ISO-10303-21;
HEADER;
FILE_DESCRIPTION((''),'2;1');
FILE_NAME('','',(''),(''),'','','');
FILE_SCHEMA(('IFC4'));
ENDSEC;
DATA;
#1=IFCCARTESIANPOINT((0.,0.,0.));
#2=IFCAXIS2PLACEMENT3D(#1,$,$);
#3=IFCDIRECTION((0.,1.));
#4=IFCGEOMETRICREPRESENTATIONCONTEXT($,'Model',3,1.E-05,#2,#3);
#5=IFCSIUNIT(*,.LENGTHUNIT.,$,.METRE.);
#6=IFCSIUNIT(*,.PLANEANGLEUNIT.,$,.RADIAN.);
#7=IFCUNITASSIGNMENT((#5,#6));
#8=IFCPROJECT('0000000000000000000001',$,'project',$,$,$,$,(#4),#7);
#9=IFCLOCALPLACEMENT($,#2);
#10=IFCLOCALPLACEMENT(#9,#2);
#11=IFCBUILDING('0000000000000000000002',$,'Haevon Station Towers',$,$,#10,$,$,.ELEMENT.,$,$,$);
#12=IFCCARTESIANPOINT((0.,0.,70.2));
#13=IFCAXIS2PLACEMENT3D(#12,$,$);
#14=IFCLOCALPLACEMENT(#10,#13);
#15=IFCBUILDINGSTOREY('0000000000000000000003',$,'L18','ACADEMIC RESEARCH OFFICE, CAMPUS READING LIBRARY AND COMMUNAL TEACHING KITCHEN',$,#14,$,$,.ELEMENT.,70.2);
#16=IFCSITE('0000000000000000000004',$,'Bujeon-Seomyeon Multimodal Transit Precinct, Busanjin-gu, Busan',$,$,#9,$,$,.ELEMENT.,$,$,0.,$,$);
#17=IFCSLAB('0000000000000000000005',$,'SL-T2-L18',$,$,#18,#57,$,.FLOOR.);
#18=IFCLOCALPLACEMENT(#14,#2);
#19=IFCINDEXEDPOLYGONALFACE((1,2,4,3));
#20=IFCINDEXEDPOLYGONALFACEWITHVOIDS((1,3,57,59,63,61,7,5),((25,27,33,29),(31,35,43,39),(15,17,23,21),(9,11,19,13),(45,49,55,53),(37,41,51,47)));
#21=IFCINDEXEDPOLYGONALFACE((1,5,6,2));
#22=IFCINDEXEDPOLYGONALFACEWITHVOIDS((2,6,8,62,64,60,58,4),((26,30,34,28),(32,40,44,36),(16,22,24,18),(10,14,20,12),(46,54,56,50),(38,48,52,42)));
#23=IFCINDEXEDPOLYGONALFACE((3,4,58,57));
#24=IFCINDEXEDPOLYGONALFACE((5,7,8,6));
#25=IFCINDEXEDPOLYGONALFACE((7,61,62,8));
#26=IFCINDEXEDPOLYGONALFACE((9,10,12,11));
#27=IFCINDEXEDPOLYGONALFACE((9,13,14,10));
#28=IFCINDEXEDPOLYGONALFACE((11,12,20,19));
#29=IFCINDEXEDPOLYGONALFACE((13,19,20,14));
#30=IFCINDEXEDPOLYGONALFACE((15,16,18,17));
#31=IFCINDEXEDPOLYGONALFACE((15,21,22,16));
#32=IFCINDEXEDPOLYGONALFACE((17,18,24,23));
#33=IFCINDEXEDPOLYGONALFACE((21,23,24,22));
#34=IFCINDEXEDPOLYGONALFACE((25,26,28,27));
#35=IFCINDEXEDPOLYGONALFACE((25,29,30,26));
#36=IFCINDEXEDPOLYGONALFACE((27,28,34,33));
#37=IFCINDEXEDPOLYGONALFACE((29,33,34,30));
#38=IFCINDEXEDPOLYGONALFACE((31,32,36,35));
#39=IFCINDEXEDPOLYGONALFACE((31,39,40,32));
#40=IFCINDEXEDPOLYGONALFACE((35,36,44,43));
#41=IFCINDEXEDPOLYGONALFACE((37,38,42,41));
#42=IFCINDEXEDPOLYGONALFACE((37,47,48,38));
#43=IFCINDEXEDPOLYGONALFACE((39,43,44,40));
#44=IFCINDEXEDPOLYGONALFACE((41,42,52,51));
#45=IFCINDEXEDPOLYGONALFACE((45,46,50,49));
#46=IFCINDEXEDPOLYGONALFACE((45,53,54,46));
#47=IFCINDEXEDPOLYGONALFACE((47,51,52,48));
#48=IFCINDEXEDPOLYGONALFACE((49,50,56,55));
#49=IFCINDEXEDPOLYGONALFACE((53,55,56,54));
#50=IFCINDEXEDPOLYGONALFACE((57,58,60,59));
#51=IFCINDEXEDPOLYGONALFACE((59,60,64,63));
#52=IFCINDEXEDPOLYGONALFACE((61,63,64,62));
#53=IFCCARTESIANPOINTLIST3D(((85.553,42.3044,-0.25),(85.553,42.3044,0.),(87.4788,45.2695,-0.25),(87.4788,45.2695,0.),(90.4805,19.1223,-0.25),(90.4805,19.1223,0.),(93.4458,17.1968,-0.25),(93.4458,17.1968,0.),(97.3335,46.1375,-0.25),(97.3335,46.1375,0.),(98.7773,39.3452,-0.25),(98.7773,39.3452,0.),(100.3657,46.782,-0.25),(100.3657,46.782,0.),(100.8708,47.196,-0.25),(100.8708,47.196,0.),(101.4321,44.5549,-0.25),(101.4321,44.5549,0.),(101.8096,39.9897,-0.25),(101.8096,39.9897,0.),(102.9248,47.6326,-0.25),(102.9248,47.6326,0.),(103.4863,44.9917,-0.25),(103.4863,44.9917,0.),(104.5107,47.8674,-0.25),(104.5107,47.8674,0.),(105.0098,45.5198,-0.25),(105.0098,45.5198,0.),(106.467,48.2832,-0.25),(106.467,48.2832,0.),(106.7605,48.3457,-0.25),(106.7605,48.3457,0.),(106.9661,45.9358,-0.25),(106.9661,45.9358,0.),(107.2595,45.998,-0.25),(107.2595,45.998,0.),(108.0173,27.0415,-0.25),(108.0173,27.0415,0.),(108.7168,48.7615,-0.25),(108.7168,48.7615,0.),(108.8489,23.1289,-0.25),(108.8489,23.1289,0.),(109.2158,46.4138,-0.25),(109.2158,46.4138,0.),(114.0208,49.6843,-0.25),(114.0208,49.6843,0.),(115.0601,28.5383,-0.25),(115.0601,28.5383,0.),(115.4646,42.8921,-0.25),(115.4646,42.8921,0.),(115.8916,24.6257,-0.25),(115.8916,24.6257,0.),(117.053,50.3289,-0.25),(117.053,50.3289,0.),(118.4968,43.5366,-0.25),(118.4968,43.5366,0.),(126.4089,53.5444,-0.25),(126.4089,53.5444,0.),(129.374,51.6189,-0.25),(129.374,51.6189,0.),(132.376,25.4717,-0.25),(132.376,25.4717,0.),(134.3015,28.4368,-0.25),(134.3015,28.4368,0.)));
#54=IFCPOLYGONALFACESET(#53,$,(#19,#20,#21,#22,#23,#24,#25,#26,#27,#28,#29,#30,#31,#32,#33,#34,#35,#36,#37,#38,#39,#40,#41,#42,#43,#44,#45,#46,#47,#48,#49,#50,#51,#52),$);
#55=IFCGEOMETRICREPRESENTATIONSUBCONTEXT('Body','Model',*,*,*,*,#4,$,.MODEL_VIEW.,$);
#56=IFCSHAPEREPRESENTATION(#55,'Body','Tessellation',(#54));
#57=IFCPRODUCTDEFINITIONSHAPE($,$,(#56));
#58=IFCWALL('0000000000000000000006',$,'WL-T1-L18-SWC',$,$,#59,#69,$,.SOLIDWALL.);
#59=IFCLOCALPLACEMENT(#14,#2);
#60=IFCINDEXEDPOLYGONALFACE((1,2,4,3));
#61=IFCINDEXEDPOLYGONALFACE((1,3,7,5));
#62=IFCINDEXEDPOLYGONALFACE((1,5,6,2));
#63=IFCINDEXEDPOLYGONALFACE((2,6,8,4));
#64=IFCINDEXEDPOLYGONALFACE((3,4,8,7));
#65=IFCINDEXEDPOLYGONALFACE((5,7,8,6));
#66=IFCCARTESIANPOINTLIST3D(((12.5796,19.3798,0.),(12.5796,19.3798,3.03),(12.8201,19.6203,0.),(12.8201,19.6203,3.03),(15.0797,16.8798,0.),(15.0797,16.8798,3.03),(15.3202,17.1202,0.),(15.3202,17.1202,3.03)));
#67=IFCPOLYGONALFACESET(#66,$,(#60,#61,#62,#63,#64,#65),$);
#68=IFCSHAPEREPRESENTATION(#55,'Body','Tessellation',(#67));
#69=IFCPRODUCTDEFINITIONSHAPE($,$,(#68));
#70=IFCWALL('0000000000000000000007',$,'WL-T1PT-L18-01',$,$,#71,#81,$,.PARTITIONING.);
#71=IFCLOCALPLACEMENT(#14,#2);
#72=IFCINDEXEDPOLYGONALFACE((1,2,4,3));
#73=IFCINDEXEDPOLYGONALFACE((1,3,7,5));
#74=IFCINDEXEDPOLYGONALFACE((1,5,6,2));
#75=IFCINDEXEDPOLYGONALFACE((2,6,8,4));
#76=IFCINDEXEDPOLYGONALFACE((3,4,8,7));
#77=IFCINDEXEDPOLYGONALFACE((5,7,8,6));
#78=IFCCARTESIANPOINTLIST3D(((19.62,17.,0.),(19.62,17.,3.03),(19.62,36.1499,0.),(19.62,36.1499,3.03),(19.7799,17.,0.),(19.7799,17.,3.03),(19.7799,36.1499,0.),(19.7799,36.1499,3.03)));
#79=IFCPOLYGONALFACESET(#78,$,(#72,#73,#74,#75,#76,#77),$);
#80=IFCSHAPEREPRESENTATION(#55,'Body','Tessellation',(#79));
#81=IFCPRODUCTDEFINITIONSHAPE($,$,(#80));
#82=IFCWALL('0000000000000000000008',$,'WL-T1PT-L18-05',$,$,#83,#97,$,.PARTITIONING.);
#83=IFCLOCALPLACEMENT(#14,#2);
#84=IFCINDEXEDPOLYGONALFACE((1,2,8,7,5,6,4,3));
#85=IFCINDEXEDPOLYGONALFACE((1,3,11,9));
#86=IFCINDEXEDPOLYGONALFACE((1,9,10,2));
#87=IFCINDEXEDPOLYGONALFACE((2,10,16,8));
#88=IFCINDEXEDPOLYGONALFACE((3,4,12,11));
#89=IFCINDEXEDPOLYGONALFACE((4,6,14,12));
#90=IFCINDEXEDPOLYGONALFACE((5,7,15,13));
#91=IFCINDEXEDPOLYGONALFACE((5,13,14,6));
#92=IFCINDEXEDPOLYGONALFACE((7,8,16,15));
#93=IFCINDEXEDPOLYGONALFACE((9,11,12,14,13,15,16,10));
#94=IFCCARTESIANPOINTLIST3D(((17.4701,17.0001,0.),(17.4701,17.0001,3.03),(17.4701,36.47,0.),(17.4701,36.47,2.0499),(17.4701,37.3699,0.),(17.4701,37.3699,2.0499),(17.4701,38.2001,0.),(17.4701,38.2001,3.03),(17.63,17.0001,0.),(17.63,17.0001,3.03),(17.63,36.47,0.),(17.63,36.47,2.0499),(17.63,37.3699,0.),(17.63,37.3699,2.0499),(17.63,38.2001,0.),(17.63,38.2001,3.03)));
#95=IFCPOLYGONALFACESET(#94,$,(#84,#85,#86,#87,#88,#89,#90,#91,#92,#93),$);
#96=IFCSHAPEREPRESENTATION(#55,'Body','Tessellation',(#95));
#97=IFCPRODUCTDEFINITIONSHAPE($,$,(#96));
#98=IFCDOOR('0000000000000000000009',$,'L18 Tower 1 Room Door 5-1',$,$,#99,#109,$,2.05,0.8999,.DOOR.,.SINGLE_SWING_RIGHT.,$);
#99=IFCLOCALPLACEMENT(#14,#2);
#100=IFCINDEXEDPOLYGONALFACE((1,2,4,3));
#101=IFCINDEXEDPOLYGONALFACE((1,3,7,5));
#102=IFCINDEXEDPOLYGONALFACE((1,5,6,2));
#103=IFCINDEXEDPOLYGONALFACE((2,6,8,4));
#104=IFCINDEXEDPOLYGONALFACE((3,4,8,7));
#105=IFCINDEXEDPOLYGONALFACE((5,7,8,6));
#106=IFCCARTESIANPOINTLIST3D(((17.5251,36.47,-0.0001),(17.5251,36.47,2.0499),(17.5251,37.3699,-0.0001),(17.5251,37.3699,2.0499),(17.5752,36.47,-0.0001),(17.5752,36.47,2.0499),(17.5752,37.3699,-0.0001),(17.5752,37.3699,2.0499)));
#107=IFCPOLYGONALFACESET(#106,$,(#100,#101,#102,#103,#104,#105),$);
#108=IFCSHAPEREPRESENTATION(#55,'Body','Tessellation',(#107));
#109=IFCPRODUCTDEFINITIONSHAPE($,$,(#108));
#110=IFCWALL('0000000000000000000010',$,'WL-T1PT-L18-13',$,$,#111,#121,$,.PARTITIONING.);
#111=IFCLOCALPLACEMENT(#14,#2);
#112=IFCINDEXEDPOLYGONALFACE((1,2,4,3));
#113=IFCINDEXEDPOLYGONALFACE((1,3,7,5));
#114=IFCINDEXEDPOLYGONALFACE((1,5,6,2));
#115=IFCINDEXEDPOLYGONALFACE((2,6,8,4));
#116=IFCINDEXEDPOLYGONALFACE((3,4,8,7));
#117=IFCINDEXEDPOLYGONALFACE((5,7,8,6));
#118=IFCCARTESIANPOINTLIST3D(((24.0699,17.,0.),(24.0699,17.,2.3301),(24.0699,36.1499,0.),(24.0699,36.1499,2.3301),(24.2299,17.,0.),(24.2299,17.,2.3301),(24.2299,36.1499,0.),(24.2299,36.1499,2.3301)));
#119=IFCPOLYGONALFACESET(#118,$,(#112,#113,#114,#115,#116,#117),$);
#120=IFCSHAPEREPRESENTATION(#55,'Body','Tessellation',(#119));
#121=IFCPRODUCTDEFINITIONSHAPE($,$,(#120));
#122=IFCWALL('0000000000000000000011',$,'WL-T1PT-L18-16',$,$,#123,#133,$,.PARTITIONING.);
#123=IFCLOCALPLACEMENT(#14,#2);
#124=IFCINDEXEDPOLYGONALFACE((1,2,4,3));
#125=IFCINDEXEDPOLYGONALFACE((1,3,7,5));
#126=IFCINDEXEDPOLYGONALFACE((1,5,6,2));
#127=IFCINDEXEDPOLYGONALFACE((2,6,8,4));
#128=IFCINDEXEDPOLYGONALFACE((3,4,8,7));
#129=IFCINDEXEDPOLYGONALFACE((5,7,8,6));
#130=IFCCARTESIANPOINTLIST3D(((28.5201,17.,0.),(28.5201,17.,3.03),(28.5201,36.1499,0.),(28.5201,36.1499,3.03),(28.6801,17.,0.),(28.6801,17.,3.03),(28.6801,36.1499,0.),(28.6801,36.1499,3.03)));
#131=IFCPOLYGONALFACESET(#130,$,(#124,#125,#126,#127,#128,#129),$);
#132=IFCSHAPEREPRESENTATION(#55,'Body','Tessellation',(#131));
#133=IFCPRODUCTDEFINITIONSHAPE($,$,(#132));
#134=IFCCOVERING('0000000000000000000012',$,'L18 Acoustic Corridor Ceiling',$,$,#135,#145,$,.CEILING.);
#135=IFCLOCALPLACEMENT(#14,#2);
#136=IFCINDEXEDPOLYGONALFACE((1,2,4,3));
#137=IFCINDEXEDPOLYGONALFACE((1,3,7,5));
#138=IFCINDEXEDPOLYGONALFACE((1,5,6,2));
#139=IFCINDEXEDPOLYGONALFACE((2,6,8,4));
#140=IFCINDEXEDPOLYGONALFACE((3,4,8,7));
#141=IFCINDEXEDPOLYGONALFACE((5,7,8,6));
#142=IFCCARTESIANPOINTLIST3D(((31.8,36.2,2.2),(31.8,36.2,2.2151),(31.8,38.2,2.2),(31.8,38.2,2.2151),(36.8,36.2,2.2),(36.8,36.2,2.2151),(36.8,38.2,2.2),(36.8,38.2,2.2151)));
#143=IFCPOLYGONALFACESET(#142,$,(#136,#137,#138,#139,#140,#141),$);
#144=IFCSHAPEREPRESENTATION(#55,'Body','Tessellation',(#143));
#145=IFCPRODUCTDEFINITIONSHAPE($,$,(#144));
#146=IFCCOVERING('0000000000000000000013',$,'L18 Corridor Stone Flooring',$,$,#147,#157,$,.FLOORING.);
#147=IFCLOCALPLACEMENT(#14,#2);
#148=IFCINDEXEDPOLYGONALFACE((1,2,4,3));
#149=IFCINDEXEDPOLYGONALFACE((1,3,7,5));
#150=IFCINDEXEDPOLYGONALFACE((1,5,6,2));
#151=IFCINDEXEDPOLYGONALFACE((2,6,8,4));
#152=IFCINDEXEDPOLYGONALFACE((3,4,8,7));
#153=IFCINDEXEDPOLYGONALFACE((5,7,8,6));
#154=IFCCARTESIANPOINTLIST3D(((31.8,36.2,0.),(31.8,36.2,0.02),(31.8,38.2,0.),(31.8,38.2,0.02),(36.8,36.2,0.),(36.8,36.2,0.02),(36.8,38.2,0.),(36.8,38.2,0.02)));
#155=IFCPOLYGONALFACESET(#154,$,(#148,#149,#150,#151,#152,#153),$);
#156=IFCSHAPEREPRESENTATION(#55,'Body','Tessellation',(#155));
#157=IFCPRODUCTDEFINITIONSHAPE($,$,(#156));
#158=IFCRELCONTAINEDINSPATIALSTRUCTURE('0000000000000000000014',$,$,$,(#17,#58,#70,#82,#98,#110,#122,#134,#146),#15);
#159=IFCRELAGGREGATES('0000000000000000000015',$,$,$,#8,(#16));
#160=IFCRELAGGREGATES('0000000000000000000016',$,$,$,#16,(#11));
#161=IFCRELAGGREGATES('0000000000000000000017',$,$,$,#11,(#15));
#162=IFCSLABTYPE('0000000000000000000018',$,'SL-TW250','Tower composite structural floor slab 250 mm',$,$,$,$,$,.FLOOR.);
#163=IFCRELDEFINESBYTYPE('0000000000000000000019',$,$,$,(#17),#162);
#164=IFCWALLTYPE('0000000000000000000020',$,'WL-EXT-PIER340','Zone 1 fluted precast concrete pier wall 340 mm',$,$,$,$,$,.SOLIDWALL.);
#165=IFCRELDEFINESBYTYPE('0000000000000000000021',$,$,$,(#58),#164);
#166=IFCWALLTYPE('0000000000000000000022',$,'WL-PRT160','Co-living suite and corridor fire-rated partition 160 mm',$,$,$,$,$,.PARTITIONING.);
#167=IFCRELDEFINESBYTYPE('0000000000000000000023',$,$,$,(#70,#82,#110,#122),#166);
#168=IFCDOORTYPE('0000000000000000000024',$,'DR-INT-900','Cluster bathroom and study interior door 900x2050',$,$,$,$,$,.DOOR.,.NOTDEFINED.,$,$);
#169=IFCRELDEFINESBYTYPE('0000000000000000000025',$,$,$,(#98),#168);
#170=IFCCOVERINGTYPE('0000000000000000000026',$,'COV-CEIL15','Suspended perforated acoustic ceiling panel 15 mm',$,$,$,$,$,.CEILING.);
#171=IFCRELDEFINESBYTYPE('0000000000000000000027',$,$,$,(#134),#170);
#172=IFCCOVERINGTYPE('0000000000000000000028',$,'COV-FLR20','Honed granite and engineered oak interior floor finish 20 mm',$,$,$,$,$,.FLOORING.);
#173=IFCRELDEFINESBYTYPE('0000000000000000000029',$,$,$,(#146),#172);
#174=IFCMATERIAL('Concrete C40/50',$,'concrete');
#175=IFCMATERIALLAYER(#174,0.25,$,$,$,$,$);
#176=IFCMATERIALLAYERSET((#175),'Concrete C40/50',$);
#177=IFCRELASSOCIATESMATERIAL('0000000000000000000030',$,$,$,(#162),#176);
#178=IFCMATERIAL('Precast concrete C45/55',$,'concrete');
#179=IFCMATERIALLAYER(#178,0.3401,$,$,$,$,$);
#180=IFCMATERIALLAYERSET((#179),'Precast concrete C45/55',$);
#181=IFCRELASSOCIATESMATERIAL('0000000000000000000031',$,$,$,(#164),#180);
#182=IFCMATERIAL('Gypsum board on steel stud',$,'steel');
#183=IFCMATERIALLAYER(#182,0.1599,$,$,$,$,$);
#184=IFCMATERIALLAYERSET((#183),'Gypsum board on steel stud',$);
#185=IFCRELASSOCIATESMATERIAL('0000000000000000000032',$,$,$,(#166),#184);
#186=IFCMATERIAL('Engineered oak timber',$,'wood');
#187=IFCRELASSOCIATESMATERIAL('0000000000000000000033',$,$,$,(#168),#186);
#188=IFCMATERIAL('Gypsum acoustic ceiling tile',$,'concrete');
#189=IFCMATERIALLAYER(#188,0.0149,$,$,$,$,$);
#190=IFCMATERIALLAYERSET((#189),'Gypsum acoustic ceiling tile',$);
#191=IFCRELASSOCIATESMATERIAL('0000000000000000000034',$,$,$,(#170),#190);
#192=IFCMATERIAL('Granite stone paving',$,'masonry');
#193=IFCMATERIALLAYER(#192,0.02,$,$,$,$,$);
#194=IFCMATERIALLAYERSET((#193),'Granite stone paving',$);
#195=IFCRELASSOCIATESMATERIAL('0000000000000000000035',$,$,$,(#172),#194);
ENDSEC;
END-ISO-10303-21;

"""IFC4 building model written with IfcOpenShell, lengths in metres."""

from ifc_helpers import new_model, si_unit, direction, frame, frame_2d, origin, place, context, subcontext, project, spatial, polyline, rectangle, outline, extrude, material, layer, layer_set, type_object, element, fill, save


model = new_model("IFC4")

# Units and contexts
model_context = context("Model", 3, precision=1e-05, world=origin(), true_north=direction((0.0, 1.0)))
body_context = subcontext(model_context, "Body", "Model", "MODEL_VIEW")
ifc_project = project(units=[si_unit("LENGTHUNIT", "METRE"), si_unit("PLANEANGLEUNIT", "RADIAN")], contexts=[model_context])

# Site, building, storey
site_placement = place(None, origin())
site = spatial("IfcSite", under=ifc_project, at=site_placement, Name="Bujeon-Seomyeon Multimodal Transit Precinct, Busanjin-gu, Busan", CompositionType="ELEMENT", RefElevation=0.0)
building_placement = place(site_placement, origin())
building = spatial("IfcBuilding", under=site, at=building_placement, Name="Haevon Station Towers", CompositionType="ELEMENT")
storey_placement = place(building_placement, frame((0.0, 0.0, 70.2)))
storey = spatial("IfcBuildingStorey", under=building, at=storey_placement, Name="L18", Description="ACADEMIC RESEARCH OFFICE, CAMPUS READING LIBRARY AND COMMUNAL TEACHING KITCHEN", CompositionType="ELEMENT", Elevation=70.2)

# Shared definitions
ifc_material_1 = material(Name="Concrete C40/50", Category="concrete")

# Slab
ifc_layer_1 = layer(ifc_material_1, 0.25)
ifc_layer_set_1 = layer_set([ifc_layer_1], Name="Concrete C40/50")
slab_type_1 = type_object("IfcSlabType", Name="SL-TW250", Description="Tower composite structural floor slab 250 mm", PredefinedType="FLOOR", material=ifc_layer_set_1)
slab_1_placement = place(storey_placement, frame((0.0, 0.0, -0.25)))
element("IfcSlab", 1, at=slab_1_placement, inside=storey, type_object=slab_type_1, Name="SL-T2-L18", PredefinedType="FLOOR", context=body_context, shape_type="SweptSolid", body=[
    extrude(outline(polyline([(93.4458, 17.1968), (132.376, 25.4717), (134.3015, 28.4368), (129.374, 51.6189), (126.4089, 53.5444), (87.4788, 45.2695), (85.553, 42.3044), (90.4805, 19.1223), (93.4458, 17.1968)]), holes=[polyline([(101.8096, 39.9897), (100.3657, 46.782), (97.3335, 46.1375), (98.7773, 39.3452), (101.8096, 39.9897)]), polyline([(118.4968, 43.5366), (117.053, 50.3289), (114.0208, 49.6843), (115.4646, 42.8921), (118.4968, 43.5366)]), polyline([(101.4321, 44.5549), (103.4863, 44.9917), (102.9248, 47.6326), (100.8708, 47.196), (101.4321, 44.5549)]), polyline([(105.0098, 45.5198), (106.9661, 45.9358), (106.467, 48.2832), (104.5107, 47.8674), (105.0098, 45.5198)]), polyline([(107.2595, 45.998), (109.2158, 46.4138), (108.7168, 48.7615), (106.7605, 48.3457), (107.2595, 45.998)]), polyline([(108.8489, 23.1289), (115.8916, 24.6257), (115.0601, 28.5383), (108.0173, 27.0415), (108.8489, 23.1289)])]), origin(), (0.0, 0.0, 1.0), 0.25),
])

# Walls
ifc_material_2 = material(Name="Precast concrete C45/55", Category="concrete")
ifc_layer_2 = layer(ifc_material_2, 0.3401)
ifc_layer_set_2 = layer_set([ifc_layer_2], Name="Precast concrete C45/55")
wall_type_1 = type_object("IfcWallType", Name="WL-EXT-PIER340", Description="Zone 1 fluted precast concrete pier wall 340 mm", PredefinedType="SOLIDWALL", material=ifc_layer_set_2)
wall_1_placement = place(storey_placement, frame((15.2, 17.0, 0.0), z_axis=(0.0, 0.0, 1.0), x_axis=(-0.707107, 0.707107, 0.0)))
element("IfcWall", 2, at=wall_1_placement, inside=storey, type_object=wall_type_1, Name="WL-T1-L18-SWC", PredefinedType="SOLIDWALL", context=body_context, shape_type="SweptSolid", body=[
    extrude(rectangle(XDim=3.5356, YDim=0.3401, at=frame_2d((1.7678, 0.0))), origin(), (0.0, 0.0, 1.0), 3.03),
])
ifc_material_3 = material(Name="Gypsum board on steel stud", Category="steel")
ifc_layer_3 = layer(ifc_material_3, 0.1599)
ifc_layer_set_3 = layer_set([ifc_layer_3], Name="Gypsum board on steel stud")
wall_type_2 = type_object("IfcWallType", Name="WL-PRT160", Description="Co-living suite and corridor fire-rated partition 160 mm", PredefinedType="PARTITIONING", material=ifc_layer_set_3)
wall_2_placement = place(storey_placement, frame((19.7, 17.0, 0.0), z_axis=(0.0, 0.0, 1.0), x_axis=(0.0, 1.0, 0.0)))
element("IfcWall", 3, at=wall_2_placement, inside=storey, type_object=wall_type_2, Name="WL-T1PT-L18-01", PredefinedType="PARTITIONING", context=body_context, shape_type="SweptSolid", body=[
    extrude(rectangle(XDim=19.1499, YDim=0.1599, at=frame_2d((9.575, 0.0))), origin(), (0.0, 0.0, 1.0), 3.03),
])

# Wall, opening, door
wall_3_placement = place(storey_placement, frame((17.55, 17.0, 0.0), z_axis=(0.0, 0.0, 1.0), x_axis=(0.0, 1.0, 0.0)))
wall_3 = element("IfcWall", 4, at=wall_3_placement, inside=storey, type_object=wall_type_2, Name="WL-T1PT-L18-05", PredefinedType="PARTITIONING", context=body_context, shape_type="SweptSolid", body=[
    extrude(rectangle(XDim=21.2, YDim=0.1599, at=frame_2d((10.6001, 0.0))), origin(), (0.0, 0.0, 1.0), 3.03),
])
opening_placement = place(wall_3_placement, frame((19.47, 0.0, 0.0)))
opening = element("IfcOpeningElement", 5, at=opening_placement, cuts=wall_3, PredefinedType="OPENING", context=body_context, shape_type="SweptSolid", body=[
    extrude(rectangle(XDim=0.8999, YDim=2.05, at=frame_2d((0.45, 1.0249))), frame((0.0, 0.0898, 0.0), z_axis=(0.0, -1.0, 0.0), x_axis=(1.0, 0.0, 0.0)), (0.0, 0.0, 1.0), 0.1799),
])
ifc_material_4 = material(Name="Engineered oak timber", Category="wood")
door_type = type_object("IfcDoorType", Name="DR-INT-900", Description="Cluster bathroom and study interior door 900x2050", OperationType="NOTDEFINED", PredefinedType="DOOR", material=ifc_material_4)
door_placement = place(opening_placement, origin())
door = element("IfcDoor", 6, at=door_placement, inside=storey, type_object=door_type, Name="L18 Tower 1 Room Door 5-1", OperationType="SINGLE_SWING_RIGHT", OverallHeight=2.05, OverallWidth=0.8999, PredefinedType="DOOR", context=body_context, shape_type="SweptSolid", body=[
    extrude(rectangle(XDim=0.8999, YDim=2.05, at=frame_2d((0.45, 1.0249))), frame((0.0, 0.0249, 0.0), z_axis=(0.0, -1.0, 0.0), x_axis=(1.0, 0.0, 0.0)), (0.0, 0.0, 1.0), 0.05),
])
fill(opening, door)

# Walls
wall_4_placement = place(storey_placement, frame((24.1499, 17.0, 0.0), z_axis=(0.0, 0.0, 1.0), x_axis=(0.0, 1.0, 0.0)))
element("IfcWall", 7, at=wall_4_placement, inside=storey, type_object=wall_type_2, Name="WL-T1PT-L18-13", PredefinedType="PARTITIONING", context=body_context, shape_type="SweptSolid", body=[
    extrude(rectangle(XDim=19.1499, YDim=0.1599, at=frame_2d((9.575, 0.0))), origin(), (0.0, 0.0, 1.0), 2.3301),
])
wall_5_placement = place(storey_placement, frame((28.6001, 17.0, 0.0), z_axis=(0.0, 0.0, 1.0), x_axis=(0.0, 1.0, 0.0)))
element("IfcWall", 8, at=wall_5_placement, inside=storey, type_object=wall_type_2, Name="WL-T1PT-L18-16", PredefinedType="PARTITIONING", context=body_context, shape_type="SweptSolid", body=[
    extrude(rectangle(XDim=19.1499, YDim=0.1599, at=frame_2d((9.575, 0.0))), origin(), (0.0, 0.0, 1.0), 3.03),
])

# Coverings
ifc_material_5 = material(Name="Gypsum acoustic ceiling tile", Category="concrete")
ifc_layer_4 = layer(ifc_material_5, 0.0149)
ifc_layer_set_4 = layer_set([ifc_layer_4], Name="Gypsum acoustic ceiling tile")
covering_type_1 = type_object("IfcCoveringType", Name="COV-CEIL15", Description="Suspended perforated acoustic ceiling panel 15 mm", PredefinedType="CEILING", material=ifc_layer_set_4)
covering_1_placement = place(storey_placement, frame((0.0, 0.0, 2.2)))
element("IfcCovering", 9, at=covering_1_placement, inside=storey, type_object=covering_type_1, Name="L18 Acoustic Corridor Ceiling", PredefinedType="CEILING", context=body_context, shape_type="SweptSolid", body=[
    extrude(outline(polyline([(31.8, 36.2), (36.8, 36.2), (36.8, 38.2), (31.8, 38.2), (31.8, 36.2)])), origin(), (0.0, 0.0, 1.0), 0.0151),
])
ifc_material_6 = material(Name="Granite stone paving", Category="masonry")
ifc_layer_5 = layer(ifc_material_6, 0.02)
ifc_layer_set_5 = layer_set([ifc_layer_5], Name="Granite stone paving")
covering_type_2 = type_object("IfcCoveringType", Name="COV-FLR20", Description="Honed granite and engineered oak interior floor finish 20 mm", PredefinedType="FLOORING", material=ifc_layer_set_5)
covering_2_placement = place(storey_placement, origin())
element("IfcCovering", 10, at=covering_2_placement, inside=storey, type_object=covering_type_2, Name="L18 Corridor Stone Flooring", PredefinedType="FLOORING", context=body_context, shape_type="SweptSolid", body=[
    extrude(outline(polyline([(31.8, 36.2), (36.8, 36.2), (36.8, 38.2), (31.8, 38.2), (31.8, 36.2)])), origin(), (0.0, 0.0, 1.0), 0.02),
])

save(model, "model.ifc")
